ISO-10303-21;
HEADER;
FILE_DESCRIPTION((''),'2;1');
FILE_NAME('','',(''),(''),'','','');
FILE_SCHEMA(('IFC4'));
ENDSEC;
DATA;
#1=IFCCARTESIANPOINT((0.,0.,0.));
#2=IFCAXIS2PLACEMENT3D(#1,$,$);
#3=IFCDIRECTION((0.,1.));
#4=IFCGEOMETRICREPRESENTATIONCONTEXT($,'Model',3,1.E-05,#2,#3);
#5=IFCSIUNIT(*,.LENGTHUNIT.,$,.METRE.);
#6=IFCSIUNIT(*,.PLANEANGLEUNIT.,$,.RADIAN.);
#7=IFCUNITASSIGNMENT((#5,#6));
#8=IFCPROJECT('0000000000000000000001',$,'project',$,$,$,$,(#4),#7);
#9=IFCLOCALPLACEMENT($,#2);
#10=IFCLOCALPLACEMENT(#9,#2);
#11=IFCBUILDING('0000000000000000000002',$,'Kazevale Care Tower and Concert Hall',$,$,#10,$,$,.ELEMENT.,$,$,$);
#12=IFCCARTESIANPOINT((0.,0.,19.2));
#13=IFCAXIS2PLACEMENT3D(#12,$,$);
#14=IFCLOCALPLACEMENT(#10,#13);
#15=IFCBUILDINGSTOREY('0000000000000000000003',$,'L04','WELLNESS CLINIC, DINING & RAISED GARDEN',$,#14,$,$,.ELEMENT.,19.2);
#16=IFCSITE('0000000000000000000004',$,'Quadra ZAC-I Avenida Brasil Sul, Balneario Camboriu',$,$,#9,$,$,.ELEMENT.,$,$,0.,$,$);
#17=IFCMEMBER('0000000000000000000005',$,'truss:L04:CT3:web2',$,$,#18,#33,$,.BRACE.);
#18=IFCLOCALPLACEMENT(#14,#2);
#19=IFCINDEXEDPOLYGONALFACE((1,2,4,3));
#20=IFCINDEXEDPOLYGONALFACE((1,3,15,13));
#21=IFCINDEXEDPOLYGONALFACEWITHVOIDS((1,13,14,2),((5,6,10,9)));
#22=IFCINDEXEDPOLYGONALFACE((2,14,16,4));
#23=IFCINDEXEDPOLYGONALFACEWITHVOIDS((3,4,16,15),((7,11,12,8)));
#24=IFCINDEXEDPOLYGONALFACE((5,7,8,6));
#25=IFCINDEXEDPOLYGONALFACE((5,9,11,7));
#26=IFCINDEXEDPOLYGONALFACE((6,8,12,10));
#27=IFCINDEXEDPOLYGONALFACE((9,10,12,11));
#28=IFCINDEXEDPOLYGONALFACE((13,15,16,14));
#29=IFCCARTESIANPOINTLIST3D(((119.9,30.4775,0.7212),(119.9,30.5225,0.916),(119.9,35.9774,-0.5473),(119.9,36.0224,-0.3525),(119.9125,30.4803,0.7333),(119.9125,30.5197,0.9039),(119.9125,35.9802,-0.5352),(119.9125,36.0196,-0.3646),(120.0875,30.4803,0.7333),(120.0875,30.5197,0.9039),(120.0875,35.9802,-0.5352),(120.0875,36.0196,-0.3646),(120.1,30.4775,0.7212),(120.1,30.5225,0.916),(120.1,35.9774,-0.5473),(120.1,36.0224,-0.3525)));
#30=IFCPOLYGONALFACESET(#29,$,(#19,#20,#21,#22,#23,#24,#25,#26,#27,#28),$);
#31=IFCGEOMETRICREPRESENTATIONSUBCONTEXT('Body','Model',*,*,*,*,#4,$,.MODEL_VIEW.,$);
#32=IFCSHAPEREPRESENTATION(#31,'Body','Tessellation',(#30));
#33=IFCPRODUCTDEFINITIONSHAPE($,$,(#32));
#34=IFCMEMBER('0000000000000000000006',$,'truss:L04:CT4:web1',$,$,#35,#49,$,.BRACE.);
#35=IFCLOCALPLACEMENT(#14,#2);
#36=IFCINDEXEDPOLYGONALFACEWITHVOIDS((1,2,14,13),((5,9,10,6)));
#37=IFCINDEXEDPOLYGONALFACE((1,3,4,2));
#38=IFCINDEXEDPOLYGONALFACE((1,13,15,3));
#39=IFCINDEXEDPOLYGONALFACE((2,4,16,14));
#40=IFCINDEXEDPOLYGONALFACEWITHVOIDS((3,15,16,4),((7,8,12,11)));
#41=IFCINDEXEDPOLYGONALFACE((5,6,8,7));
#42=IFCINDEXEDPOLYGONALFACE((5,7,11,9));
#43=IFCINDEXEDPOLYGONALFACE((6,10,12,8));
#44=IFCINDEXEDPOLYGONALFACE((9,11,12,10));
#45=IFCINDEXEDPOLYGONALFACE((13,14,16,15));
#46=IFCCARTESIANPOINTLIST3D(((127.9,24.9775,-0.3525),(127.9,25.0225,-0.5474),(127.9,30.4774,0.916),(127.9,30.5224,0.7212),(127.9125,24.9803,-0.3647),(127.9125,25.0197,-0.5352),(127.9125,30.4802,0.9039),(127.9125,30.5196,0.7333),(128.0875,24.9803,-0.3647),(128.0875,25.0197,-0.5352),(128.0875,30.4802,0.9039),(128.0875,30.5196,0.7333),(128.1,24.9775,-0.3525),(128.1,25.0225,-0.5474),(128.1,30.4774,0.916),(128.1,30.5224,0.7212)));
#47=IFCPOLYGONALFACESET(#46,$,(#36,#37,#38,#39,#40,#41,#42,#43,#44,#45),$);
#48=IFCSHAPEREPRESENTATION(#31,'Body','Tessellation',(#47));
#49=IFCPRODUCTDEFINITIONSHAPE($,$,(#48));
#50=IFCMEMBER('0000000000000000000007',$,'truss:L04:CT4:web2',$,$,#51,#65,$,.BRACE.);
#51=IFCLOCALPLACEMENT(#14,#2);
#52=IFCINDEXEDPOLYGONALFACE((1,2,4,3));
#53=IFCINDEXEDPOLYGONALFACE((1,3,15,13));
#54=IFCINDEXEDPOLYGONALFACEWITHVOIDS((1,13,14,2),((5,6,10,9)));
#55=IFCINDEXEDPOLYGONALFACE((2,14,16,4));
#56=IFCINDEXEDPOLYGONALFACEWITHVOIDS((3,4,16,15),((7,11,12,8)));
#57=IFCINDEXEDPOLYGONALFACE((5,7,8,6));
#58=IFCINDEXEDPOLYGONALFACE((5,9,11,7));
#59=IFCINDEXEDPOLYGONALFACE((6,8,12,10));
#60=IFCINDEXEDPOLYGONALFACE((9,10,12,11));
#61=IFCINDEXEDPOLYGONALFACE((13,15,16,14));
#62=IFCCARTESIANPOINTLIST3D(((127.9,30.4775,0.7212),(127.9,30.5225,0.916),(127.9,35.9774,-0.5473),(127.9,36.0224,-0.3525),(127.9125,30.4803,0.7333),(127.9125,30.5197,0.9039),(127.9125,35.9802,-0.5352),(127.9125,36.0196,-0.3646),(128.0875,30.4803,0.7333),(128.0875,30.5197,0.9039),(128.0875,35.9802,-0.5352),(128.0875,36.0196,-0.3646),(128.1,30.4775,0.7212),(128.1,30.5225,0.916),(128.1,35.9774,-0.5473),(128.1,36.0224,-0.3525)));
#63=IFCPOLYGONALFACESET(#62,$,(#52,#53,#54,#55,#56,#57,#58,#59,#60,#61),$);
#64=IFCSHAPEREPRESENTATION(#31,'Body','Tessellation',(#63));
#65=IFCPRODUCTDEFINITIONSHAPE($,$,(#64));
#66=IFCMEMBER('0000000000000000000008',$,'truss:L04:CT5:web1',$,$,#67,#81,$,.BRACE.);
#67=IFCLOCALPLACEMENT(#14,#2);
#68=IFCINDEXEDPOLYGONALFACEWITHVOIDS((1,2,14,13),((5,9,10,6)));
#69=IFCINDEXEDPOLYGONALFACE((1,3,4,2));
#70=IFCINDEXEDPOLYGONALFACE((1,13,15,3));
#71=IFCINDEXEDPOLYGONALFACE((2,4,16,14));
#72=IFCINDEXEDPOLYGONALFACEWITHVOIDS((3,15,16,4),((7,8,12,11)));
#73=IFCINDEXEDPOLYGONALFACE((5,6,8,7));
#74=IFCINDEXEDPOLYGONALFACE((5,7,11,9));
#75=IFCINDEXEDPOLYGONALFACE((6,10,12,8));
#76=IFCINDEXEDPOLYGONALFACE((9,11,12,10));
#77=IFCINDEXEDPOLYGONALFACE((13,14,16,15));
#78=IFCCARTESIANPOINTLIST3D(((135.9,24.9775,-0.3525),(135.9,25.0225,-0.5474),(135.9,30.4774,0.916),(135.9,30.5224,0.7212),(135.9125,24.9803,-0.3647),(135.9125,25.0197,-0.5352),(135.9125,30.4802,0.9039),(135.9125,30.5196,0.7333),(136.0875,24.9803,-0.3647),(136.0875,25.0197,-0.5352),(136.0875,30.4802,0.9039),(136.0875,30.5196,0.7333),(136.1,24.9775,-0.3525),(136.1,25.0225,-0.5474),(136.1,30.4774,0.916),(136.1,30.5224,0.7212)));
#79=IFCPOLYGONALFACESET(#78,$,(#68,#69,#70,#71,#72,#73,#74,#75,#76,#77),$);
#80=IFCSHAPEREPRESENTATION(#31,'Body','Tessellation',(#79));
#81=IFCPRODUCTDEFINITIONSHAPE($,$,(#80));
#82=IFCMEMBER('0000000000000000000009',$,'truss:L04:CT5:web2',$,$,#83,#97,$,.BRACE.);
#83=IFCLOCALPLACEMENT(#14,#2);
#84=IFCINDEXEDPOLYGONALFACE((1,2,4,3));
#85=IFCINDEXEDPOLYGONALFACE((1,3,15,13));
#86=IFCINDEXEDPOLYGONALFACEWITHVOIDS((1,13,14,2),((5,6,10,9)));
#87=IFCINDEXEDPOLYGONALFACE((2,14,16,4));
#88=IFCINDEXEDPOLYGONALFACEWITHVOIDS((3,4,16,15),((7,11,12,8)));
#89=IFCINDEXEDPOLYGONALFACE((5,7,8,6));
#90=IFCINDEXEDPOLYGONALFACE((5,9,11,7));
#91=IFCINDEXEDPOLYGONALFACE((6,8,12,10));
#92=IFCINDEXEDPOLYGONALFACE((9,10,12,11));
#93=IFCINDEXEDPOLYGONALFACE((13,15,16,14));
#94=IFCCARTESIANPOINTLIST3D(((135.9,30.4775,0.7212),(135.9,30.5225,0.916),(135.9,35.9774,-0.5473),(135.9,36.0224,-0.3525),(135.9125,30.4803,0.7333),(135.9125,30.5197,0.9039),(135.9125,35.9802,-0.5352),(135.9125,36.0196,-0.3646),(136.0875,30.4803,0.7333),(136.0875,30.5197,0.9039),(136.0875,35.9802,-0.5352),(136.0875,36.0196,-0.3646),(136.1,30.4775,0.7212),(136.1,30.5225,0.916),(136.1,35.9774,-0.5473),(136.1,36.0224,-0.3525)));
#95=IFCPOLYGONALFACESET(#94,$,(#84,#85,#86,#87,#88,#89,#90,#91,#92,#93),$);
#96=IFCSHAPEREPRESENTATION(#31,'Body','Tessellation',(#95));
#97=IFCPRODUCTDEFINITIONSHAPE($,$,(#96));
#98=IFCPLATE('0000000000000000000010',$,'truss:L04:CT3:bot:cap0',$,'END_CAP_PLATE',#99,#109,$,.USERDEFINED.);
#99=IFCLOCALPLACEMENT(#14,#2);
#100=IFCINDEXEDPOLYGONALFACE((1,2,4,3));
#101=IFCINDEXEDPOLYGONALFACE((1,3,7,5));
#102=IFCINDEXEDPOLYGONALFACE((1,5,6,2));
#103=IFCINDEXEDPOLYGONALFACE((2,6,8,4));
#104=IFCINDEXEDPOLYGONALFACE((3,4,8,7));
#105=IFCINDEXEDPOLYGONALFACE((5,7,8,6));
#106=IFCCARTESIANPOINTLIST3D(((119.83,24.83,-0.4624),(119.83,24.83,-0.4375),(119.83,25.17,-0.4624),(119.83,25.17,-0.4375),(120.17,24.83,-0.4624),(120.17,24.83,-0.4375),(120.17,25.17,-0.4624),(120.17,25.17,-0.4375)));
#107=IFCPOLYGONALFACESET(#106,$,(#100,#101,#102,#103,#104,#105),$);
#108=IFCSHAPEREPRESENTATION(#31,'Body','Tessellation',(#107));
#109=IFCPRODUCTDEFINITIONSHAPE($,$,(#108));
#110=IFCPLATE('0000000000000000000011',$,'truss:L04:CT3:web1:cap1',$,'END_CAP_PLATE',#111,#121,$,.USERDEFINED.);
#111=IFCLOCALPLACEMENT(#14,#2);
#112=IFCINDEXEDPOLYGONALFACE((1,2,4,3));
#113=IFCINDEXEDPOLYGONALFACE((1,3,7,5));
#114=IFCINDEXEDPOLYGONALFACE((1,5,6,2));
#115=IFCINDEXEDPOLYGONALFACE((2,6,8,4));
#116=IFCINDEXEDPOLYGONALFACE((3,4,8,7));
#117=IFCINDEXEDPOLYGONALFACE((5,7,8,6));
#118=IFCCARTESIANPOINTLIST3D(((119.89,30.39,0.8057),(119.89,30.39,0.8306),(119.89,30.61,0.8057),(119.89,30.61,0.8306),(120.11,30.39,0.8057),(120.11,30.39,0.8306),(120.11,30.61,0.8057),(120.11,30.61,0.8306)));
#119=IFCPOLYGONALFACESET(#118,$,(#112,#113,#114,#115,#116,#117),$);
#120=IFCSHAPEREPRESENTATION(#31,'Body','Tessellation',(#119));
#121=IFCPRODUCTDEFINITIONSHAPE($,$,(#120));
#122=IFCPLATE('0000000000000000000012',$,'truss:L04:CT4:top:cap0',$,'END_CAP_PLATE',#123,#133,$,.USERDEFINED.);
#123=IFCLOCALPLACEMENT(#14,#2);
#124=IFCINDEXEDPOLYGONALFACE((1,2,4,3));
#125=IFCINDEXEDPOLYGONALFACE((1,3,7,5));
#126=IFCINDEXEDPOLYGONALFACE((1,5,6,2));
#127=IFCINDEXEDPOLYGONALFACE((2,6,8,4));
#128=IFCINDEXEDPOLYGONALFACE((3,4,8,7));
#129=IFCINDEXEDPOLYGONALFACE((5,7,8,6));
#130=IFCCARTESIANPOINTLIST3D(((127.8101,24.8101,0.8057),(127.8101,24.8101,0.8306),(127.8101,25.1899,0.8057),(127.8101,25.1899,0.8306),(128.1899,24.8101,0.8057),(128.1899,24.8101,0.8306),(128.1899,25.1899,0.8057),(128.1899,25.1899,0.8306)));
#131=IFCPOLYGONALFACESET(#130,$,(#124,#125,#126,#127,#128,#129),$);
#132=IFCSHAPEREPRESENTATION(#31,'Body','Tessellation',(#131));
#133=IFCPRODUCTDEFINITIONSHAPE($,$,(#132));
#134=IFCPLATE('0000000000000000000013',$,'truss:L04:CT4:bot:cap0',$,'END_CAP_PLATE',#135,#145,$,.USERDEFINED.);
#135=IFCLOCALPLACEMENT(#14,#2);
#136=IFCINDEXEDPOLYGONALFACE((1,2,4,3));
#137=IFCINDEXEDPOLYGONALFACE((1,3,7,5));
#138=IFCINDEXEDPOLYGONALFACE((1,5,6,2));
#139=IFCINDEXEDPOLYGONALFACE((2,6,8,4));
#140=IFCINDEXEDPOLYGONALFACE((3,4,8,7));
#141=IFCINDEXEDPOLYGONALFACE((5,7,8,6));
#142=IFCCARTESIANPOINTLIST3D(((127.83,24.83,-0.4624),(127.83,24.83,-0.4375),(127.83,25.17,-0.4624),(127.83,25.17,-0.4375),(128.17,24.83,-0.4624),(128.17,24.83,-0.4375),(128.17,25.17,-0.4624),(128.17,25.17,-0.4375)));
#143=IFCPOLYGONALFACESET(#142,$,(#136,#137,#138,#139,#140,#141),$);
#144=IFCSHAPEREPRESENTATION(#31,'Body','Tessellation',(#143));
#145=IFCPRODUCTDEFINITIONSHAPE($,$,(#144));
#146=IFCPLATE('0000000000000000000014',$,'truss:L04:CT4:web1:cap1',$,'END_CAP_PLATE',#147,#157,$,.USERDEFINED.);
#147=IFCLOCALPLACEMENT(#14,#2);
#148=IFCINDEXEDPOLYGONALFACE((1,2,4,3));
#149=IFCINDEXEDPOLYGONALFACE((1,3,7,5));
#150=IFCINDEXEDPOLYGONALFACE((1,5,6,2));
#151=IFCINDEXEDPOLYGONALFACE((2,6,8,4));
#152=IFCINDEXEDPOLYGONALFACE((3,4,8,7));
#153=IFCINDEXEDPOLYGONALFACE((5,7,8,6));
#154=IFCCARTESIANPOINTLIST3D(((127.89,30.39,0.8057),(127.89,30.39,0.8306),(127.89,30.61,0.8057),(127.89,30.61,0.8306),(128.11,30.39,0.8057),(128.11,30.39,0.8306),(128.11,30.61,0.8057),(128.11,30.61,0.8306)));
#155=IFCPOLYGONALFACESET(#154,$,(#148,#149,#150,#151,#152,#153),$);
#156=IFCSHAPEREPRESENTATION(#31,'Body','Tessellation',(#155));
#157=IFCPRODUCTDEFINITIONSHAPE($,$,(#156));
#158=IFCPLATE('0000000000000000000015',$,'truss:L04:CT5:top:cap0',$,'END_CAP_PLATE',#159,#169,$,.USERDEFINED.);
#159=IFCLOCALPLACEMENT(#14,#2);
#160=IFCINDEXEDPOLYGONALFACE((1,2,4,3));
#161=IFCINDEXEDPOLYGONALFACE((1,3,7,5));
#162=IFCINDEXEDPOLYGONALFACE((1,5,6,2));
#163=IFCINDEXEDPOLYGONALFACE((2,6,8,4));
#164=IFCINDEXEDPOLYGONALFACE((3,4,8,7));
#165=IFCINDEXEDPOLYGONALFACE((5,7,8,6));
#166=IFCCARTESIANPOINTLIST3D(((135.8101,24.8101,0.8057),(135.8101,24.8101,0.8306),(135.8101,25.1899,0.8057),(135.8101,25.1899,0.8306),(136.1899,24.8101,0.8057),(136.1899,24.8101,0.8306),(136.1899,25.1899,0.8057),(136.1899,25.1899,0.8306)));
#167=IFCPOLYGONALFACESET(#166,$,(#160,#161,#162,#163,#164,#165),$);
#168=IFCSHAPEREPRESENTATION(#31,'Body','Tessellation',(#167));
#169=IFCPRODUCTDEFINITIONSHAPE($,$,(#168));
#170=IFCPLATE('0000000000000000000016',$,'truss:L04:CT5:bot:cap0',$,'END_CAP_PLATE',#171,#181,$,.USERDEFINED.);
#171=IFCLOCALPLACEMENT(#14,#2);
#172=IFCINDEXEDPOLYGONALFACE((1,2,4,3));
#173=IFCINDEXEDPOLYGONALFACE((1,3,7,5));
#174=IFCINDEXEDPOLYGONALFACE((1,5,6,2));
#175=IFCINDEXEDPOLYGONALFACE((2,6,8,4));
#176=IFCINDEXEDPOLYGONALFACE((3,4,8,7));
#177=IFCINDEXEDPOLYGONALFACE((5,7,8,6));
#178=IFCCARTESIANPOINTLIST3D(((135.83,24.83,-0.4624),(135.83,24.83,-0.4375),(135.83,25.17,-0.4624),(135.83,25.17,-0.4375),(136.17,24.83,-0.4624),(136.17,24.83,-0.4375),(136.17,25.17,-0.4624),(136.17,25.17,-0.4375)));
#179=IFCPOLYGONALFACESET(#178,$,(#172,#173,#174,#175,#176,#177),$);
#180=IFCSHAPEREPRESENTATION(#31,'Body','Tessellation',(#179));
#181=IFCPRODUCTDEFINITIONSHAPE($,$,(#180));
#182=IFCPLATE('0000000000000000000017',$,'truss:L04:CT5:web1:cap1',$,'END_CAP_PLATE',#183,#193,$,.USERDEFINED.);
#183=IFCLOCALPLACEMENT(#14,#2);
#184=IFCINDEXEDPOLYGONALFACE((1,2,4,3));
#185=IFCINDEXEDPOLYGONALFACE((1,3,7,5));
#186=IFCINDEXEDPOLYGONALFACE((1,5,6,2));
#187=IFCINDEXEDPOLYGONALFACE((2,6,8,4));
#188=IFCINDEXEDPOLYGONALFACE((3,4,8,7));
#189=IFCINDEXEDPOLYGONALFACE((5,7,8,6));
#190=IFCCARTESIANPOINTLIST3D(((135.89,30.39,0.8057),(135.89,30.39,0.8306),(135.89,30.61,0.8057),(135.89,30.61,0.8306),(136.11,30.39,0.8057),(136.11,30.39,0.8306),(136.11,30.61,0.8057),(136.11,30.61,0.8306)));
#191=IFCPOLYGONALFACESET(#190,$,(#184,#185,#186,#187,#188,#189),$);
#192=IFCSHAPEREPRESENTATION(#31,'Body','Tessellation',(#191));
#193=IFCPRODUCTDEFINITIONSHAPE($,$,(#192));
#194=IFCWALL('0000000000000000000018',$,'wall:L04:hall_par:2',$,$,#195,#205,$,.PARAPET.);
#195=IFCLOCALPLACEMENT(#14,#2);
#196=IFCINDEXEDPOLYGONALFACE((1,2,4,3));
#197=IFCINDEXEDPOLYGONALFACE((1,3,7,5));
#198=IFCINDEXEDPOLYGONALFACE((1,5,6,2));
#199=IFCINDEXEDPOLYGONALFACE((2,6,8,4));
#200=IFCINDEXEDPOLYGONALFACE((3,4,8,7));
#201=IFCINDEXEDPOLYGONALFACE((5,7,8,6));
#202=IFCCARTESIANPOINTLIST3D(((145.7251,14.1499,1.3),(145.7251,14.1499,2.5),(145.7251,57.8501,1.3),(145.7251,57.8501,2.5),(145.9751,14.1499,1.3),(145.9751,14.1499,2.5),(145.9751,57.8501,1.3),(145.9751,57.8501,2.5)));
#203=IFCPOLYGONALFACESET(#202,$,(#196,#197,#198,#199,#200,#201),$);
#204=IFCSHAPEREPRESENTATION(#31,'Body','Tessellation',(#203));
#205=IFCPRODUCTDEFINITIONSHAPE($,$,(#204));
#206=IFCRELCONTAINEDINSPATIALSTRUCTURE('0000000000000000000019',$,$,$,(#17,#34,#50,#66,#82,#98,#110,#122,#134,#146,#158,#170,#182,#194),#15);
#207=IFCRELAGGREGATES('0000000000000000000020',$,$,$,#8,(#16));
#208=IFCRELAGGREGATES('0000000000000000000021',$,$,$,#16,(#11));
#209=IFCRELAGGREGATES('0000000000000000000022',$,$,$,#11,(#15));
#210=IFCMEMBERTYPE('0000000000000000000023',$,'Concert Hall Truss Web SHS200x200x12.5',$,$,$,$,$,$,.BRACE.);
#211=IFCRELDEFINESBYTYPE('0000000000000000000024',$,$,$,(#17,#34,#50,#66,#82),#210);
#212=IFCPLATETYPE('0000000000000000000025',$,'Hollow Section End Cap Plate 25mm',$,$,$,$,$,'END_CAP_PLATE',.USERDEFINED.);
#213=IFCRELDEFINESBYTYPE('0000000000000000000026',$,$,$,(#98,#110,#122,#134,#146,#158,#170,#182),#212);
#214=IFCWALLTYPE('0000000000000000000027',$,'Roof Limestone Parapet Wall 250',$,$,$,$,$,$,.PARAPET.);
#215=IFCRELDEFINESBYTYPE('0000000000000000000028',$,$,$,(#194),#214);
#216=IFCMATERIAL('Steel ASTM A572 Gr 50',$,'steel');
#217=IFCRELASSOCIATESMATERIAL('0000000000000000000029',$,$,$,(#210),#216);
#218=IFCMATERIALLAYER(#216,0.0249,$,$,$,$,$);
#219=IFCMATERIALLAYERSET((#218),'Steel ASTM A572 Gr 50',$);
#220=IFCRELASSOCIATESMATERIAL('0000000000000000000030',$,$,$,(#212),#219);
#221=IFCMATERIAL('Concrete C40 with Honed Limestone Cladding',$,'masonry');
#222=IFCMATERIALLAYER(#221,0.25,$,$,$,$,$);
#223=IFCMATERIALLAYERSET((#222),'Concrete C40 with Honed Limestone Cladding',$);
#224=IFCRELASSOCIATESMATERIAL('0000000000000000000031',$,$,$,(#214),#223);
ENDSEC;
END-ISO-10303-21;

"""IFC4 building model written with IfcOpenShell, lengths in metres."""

from ifc_helpers import new_model, si_unit, direction, frame, frame_2d, origin, origin_2d, place, context, subcontext, project, spatial, rectangle, hollow_rectangle, extrude, material, layer, layer_set, material_profile, profile_set, type_object, element, save


model = new_model("IFC4")

# Units and contexts
model_context = context("Model", 3, precision=1e-05, world=origin(), true_north=direction((0.0, 1.0)))
body_context = subcontext(model_context, "Body", "Model", "MODEL_VIEW")
ifc_project = project(units=[si_unit("LENGTHUNIT", "METRE"), si_unit("PLANEANGLEUNIT", "RADIAN")], contexts=[model_context])

# Site, building, storey
site_placement = place(None, origin())
site = spatial("IfcSite", under=ifc_project, at=site_placement, Name="Quadra ZAC-I Avenida Brasil Sul, Balneario Camboriu", CompositionType="ELEMENT", RefElevation=0.0)
building_placement = place(site_placement, origin())
building = spatial("IfcBuilding", under=site, at=building_placement, Name="Kazevale Care Tower and Concert Hall", CompositionType="ELEMENT")
storey_placement = place(building_placement, frame((0.0, 0.0, 19.2)))
storey = spatial("IfcBuildingStorey", under=building, at=storey_placement, Name="L04", Description="WELLNESS CLINIC, DINING & RAISED GARDEN", CompositionType="ELEMENT", Elevation=19.2)

# Shared definitions
ifc_material_1 = material(Name="Steel ASTM A572 Gr 50", Category="steel")

# Members
ifc_material_profile_1 = material_profile(ifc_material_1, hollow_rectangle(XDim=0.2, YDim=0.2, WallThickness=0.0125, at=origin_2d()), Name="SHS200x200x12.5")
ifc_profile_set_1 = profile_set([ifc_material_profile_1], Name="Steel ASTM A572 Gr 50")
member_type_1 = type_object("IfcMemberType", Name="Concert Hall Truss Web SHS200x200x12.5", PredefinedType="BRACE", material=ifc_profile_set_1)
for number, where, z_axis, x_axis, name in (
    (1, (120.0, 30.5, 0.8186), (0.0, 0.974417, -0.224746), (-1.0, 0.0, 0.0), "truss:L04:CT3:web2"),
    (2, (128.0, 25.0, -0.45), (0.0, 0.974417, 0.224746), (-1.0, 0.0, 0.0), "truss:L04:CT4:web1"),
    (3, (128.0, 30.5, 0.8186), (0.0, 0.974417, -0.224746), (-1.0, 0.0, 0.0), "truss:L04:CT4:web2"),
    (4, (136.0, 25.0, -0.45), (0.0, 0.974417, 0.224746), (-1.0, 0.0, 0.0), "truss:L04:CT5:web1"),
    (5, (136.0, 30.5, 0.8186), (0.0, 0.974417, -0.224746), (-1.0, 0.0, 0.0), "truss:L04:CT5:web2"),
):
    element("IfcMember", number, at=place(storey_placement, frame(where, z_axis=z_axis, x_axis=x_axis)), inside=storey, type_object=member_type_1, Name=name, PredefinedType="BRACE", context=body_context, shape_type="SweptSolid", body=[
        extrude(hollow_rectangle(XDim=0.2, YDim=0.2, WallThickness=0.0125, at=origin_2d()), origin(), (0.0, 0.0, 1.0), 5.6443),
    ])

# Plates
ifc_layer_1 = layer(ifc_material_1, 0.0249)
ifc_layer_set_1 = layer_set([ifc_layer_1], Name="Steel ASTM A572 Gr 50")
plate_type = type_object("IfcPlateType", Name="Hollow Section End Cap Plate 25mm", ElementType="END_CAP_PLATE", PredefinedType="USERDEFINED", material=ifc_layer_set_1)
plate_1_placement = place(storey_placement, frame((120.0, 25.0, -0.4624), z_axis=(0.0, 0.0, 1.0), x_axis=(1.0, 0.0, 0.0)))
element("IfcPlate", 6, at=plate_1_placement, inside=storey, type_object=plate_type, Name="truss:L04:CT3:bot:cap0", ObjectType="END_CAP_PLATE", PredefinedType="USERDEFINED", context=body_context, shape_type="SweptSolid", body=[
    extrude(rectangle(XDim=0.3401, YDim=0.3401, at=origin_2d()), origin(), (0.0, 0.0, 1.0), 0.0249),
])
plate_2_placement = place(storey_placement, frame((120.0, 30.5, 0.8057), z_axis=(0.0, 0.0, 1.0), x_axis=(1.0, 0.0, 0.0)))
element("IfcPlate", 7, at=plate_2_placement, inside=storey, type_object=plate_type, Name="truss:L04:CT3:web1:cap1", ObjectType="END_CAP_PLATE", PredefinedType="USERDEFINED", context=body_context, shape_type="SweptSolid", body=[
    extrude(rectangle(XDim=0.22, YDim=0.22, at=origin_2d()), origin(), (0.0, 0.0, 1.0), 0.0249),
])
plate_3_placement = place(storey_placement, frame((128.0, 25.0, 0.8057), z_axis=(0.0, 0.0, 1.0), x_axis=(1.0, 0.0, 0.0)))
element("IfcPlate", 8, at=plate_3_placement, inside=storey, type_object=plate_type, Name="truss:L04:CT4:top:cap0", ObjectType="END_CAP_PLATE", PredefinedType="USERDEFINED", context=body_context, shape_type="SweptSolid", body=[
    extrude(rectangle(XDim=0.3799, YDim=0.3799, at=origin_2d()), origin(), (0.0, 0.0, 1.0), 0.0249),
])
plate_4_placement = place(storey_placement, frame((128.0, 25.0, -0.4624), z_axis=(0.0, 0.0, 1.0), x_axis=(1.0, 0.0, 0.0)))
element("IfcPlate", 9, at=plate_4_placement, inside=storey, type_object=plate_type, Name="truss:L04:CT4:bot:cap0", ObjectType="END_CAP_PLATE", PredefinedType="USERDEFINED", context=body_context, shape_type="SweptSolid", body=[
    extrude(rectangle(XDim=0.3401, YDim=0.3401, at=origin_2d()), origin(), (0.0, 0.0, 1.0), 0.0249),
])
plate_5_placement = place(storey_placement, frame((128.0, 30.5, 0.8057), z_axis=(0.0, 0.0, 1.0), x_axis=(1.0, 0.0, 0.0)))
element("IfcPlate", 10, at=plate_5_placement, inside=storey, type_object=plate_type, Name="truss:L04:CT4:web1:cap1", ObjectType="END_CAP_PLATE", PredefinedType="USERDEFINED", context=body_context, shape_type="SweptSolid", body=[
    extrude(rectangle(XDim=0.22, YDim=0.22, at=origin_2d()), origin(), (0.0, 0.0, 1.0), 0.0249),
])
plate_6_placement = place(storey_placement, frame((136.0, 25.0, 0.8057), z_axis=(0.0, 0.0, 1.0), x_axis=(1.0, 0.0, 0.0)))
element("IfcPlate", 11, at=plate_6_placement, inside=storey, type_object=plate_type, Name="truss:L04:CT5:top:cap0", ObjectType="END_CAP_PLATE", PredefinedType="USERDEFINED", context=body_context, shape_type="SweptSolid", body=[
    extrude(rectangle(XDim=0.3799, YDim=0.3799, at=origin_2d()), origin(), (0.0, 0.0, 1.0), 0.0249),
])
plate_7_placement = place(storey_placement, frame((136.0, 25.0, -0.4624), z_axis=(0.0, 0.0, 1.0), x_axis=(1.0, 0.0, 0.0)))
element("IfcPlate", 12, at=plate_7_placement, inside=storey, type_object=plate_type, Name="truss:L04:CT5:bot:cap0", ObjectType="END_CAP_PLATE", PredefinedType="USERDEFINED", context=body_context, shape_type="SweptSolid", body=[
    extrude(rectangle(XDim=0.3401, YDim=0.3401, at=origin_2d()), origin(), (0.0, 0.0, 1.0), 0.0249),
])
plate_8_placement = place(storey_placement, frame((136.0, 30.5, 0.8057), z_axis=(0.0, 0.0, 1.0), x_axis=(1.0, 0.0, 0.0)))
element("IfcPlate", 13, at=plate_8_placement, inside=storey, type_object=plate_type, Name="truss:L04:CT5:web1:cap1", ObjectType="END_CAP_PLATE", PredefinedType="USERDEFINED", context=body_context, shape_type="SweptSolid", body=[
    extrude(rectangle(XDim=0.22, YDim=0.22, at=origin_2d()), origin(), (0.0, 0.0, 1.0), 0.0249),
])

# Wall
ifc_material_2 = material(Name="Concrete C40 with Honed Limestone Cladding", Category="masonry")
ifc_layer_2 = layer(ifc_material_2, 0.25)
ifc_layer_set_2 = layer_set([ifc_layer_2], Name="Concrete C40 with Honed Limestone Cladding")
wall_type = type_object("IfcWallType", Name="Roof Limestone Parapet Wall 250", PredefinedType="PARAPET", material=ifc_layer_set_2)
wall_placement = place(storey_placement, frame((145.8501, 14.1499, 1.3), z_axis=(0.0, 0.0, 1.0), x_axis=(0.0, 1.0, 0.0)))
element("IfcWall", 14, at=wall_placement, inside=storey, type_object=wall_type, Name="wall:L04:hall_par:2", PredefinedType="PARAPET", context=body_context, shape_type="SweptSolid", body=[
    extrude(rectangle(XDim=43.7002, YDim=0.25, at=frame_2d((21.8501, 0.0))), origin(), (0.0, 0.0, 1.0), 1.2),
])

save(model, "model.ifc")
